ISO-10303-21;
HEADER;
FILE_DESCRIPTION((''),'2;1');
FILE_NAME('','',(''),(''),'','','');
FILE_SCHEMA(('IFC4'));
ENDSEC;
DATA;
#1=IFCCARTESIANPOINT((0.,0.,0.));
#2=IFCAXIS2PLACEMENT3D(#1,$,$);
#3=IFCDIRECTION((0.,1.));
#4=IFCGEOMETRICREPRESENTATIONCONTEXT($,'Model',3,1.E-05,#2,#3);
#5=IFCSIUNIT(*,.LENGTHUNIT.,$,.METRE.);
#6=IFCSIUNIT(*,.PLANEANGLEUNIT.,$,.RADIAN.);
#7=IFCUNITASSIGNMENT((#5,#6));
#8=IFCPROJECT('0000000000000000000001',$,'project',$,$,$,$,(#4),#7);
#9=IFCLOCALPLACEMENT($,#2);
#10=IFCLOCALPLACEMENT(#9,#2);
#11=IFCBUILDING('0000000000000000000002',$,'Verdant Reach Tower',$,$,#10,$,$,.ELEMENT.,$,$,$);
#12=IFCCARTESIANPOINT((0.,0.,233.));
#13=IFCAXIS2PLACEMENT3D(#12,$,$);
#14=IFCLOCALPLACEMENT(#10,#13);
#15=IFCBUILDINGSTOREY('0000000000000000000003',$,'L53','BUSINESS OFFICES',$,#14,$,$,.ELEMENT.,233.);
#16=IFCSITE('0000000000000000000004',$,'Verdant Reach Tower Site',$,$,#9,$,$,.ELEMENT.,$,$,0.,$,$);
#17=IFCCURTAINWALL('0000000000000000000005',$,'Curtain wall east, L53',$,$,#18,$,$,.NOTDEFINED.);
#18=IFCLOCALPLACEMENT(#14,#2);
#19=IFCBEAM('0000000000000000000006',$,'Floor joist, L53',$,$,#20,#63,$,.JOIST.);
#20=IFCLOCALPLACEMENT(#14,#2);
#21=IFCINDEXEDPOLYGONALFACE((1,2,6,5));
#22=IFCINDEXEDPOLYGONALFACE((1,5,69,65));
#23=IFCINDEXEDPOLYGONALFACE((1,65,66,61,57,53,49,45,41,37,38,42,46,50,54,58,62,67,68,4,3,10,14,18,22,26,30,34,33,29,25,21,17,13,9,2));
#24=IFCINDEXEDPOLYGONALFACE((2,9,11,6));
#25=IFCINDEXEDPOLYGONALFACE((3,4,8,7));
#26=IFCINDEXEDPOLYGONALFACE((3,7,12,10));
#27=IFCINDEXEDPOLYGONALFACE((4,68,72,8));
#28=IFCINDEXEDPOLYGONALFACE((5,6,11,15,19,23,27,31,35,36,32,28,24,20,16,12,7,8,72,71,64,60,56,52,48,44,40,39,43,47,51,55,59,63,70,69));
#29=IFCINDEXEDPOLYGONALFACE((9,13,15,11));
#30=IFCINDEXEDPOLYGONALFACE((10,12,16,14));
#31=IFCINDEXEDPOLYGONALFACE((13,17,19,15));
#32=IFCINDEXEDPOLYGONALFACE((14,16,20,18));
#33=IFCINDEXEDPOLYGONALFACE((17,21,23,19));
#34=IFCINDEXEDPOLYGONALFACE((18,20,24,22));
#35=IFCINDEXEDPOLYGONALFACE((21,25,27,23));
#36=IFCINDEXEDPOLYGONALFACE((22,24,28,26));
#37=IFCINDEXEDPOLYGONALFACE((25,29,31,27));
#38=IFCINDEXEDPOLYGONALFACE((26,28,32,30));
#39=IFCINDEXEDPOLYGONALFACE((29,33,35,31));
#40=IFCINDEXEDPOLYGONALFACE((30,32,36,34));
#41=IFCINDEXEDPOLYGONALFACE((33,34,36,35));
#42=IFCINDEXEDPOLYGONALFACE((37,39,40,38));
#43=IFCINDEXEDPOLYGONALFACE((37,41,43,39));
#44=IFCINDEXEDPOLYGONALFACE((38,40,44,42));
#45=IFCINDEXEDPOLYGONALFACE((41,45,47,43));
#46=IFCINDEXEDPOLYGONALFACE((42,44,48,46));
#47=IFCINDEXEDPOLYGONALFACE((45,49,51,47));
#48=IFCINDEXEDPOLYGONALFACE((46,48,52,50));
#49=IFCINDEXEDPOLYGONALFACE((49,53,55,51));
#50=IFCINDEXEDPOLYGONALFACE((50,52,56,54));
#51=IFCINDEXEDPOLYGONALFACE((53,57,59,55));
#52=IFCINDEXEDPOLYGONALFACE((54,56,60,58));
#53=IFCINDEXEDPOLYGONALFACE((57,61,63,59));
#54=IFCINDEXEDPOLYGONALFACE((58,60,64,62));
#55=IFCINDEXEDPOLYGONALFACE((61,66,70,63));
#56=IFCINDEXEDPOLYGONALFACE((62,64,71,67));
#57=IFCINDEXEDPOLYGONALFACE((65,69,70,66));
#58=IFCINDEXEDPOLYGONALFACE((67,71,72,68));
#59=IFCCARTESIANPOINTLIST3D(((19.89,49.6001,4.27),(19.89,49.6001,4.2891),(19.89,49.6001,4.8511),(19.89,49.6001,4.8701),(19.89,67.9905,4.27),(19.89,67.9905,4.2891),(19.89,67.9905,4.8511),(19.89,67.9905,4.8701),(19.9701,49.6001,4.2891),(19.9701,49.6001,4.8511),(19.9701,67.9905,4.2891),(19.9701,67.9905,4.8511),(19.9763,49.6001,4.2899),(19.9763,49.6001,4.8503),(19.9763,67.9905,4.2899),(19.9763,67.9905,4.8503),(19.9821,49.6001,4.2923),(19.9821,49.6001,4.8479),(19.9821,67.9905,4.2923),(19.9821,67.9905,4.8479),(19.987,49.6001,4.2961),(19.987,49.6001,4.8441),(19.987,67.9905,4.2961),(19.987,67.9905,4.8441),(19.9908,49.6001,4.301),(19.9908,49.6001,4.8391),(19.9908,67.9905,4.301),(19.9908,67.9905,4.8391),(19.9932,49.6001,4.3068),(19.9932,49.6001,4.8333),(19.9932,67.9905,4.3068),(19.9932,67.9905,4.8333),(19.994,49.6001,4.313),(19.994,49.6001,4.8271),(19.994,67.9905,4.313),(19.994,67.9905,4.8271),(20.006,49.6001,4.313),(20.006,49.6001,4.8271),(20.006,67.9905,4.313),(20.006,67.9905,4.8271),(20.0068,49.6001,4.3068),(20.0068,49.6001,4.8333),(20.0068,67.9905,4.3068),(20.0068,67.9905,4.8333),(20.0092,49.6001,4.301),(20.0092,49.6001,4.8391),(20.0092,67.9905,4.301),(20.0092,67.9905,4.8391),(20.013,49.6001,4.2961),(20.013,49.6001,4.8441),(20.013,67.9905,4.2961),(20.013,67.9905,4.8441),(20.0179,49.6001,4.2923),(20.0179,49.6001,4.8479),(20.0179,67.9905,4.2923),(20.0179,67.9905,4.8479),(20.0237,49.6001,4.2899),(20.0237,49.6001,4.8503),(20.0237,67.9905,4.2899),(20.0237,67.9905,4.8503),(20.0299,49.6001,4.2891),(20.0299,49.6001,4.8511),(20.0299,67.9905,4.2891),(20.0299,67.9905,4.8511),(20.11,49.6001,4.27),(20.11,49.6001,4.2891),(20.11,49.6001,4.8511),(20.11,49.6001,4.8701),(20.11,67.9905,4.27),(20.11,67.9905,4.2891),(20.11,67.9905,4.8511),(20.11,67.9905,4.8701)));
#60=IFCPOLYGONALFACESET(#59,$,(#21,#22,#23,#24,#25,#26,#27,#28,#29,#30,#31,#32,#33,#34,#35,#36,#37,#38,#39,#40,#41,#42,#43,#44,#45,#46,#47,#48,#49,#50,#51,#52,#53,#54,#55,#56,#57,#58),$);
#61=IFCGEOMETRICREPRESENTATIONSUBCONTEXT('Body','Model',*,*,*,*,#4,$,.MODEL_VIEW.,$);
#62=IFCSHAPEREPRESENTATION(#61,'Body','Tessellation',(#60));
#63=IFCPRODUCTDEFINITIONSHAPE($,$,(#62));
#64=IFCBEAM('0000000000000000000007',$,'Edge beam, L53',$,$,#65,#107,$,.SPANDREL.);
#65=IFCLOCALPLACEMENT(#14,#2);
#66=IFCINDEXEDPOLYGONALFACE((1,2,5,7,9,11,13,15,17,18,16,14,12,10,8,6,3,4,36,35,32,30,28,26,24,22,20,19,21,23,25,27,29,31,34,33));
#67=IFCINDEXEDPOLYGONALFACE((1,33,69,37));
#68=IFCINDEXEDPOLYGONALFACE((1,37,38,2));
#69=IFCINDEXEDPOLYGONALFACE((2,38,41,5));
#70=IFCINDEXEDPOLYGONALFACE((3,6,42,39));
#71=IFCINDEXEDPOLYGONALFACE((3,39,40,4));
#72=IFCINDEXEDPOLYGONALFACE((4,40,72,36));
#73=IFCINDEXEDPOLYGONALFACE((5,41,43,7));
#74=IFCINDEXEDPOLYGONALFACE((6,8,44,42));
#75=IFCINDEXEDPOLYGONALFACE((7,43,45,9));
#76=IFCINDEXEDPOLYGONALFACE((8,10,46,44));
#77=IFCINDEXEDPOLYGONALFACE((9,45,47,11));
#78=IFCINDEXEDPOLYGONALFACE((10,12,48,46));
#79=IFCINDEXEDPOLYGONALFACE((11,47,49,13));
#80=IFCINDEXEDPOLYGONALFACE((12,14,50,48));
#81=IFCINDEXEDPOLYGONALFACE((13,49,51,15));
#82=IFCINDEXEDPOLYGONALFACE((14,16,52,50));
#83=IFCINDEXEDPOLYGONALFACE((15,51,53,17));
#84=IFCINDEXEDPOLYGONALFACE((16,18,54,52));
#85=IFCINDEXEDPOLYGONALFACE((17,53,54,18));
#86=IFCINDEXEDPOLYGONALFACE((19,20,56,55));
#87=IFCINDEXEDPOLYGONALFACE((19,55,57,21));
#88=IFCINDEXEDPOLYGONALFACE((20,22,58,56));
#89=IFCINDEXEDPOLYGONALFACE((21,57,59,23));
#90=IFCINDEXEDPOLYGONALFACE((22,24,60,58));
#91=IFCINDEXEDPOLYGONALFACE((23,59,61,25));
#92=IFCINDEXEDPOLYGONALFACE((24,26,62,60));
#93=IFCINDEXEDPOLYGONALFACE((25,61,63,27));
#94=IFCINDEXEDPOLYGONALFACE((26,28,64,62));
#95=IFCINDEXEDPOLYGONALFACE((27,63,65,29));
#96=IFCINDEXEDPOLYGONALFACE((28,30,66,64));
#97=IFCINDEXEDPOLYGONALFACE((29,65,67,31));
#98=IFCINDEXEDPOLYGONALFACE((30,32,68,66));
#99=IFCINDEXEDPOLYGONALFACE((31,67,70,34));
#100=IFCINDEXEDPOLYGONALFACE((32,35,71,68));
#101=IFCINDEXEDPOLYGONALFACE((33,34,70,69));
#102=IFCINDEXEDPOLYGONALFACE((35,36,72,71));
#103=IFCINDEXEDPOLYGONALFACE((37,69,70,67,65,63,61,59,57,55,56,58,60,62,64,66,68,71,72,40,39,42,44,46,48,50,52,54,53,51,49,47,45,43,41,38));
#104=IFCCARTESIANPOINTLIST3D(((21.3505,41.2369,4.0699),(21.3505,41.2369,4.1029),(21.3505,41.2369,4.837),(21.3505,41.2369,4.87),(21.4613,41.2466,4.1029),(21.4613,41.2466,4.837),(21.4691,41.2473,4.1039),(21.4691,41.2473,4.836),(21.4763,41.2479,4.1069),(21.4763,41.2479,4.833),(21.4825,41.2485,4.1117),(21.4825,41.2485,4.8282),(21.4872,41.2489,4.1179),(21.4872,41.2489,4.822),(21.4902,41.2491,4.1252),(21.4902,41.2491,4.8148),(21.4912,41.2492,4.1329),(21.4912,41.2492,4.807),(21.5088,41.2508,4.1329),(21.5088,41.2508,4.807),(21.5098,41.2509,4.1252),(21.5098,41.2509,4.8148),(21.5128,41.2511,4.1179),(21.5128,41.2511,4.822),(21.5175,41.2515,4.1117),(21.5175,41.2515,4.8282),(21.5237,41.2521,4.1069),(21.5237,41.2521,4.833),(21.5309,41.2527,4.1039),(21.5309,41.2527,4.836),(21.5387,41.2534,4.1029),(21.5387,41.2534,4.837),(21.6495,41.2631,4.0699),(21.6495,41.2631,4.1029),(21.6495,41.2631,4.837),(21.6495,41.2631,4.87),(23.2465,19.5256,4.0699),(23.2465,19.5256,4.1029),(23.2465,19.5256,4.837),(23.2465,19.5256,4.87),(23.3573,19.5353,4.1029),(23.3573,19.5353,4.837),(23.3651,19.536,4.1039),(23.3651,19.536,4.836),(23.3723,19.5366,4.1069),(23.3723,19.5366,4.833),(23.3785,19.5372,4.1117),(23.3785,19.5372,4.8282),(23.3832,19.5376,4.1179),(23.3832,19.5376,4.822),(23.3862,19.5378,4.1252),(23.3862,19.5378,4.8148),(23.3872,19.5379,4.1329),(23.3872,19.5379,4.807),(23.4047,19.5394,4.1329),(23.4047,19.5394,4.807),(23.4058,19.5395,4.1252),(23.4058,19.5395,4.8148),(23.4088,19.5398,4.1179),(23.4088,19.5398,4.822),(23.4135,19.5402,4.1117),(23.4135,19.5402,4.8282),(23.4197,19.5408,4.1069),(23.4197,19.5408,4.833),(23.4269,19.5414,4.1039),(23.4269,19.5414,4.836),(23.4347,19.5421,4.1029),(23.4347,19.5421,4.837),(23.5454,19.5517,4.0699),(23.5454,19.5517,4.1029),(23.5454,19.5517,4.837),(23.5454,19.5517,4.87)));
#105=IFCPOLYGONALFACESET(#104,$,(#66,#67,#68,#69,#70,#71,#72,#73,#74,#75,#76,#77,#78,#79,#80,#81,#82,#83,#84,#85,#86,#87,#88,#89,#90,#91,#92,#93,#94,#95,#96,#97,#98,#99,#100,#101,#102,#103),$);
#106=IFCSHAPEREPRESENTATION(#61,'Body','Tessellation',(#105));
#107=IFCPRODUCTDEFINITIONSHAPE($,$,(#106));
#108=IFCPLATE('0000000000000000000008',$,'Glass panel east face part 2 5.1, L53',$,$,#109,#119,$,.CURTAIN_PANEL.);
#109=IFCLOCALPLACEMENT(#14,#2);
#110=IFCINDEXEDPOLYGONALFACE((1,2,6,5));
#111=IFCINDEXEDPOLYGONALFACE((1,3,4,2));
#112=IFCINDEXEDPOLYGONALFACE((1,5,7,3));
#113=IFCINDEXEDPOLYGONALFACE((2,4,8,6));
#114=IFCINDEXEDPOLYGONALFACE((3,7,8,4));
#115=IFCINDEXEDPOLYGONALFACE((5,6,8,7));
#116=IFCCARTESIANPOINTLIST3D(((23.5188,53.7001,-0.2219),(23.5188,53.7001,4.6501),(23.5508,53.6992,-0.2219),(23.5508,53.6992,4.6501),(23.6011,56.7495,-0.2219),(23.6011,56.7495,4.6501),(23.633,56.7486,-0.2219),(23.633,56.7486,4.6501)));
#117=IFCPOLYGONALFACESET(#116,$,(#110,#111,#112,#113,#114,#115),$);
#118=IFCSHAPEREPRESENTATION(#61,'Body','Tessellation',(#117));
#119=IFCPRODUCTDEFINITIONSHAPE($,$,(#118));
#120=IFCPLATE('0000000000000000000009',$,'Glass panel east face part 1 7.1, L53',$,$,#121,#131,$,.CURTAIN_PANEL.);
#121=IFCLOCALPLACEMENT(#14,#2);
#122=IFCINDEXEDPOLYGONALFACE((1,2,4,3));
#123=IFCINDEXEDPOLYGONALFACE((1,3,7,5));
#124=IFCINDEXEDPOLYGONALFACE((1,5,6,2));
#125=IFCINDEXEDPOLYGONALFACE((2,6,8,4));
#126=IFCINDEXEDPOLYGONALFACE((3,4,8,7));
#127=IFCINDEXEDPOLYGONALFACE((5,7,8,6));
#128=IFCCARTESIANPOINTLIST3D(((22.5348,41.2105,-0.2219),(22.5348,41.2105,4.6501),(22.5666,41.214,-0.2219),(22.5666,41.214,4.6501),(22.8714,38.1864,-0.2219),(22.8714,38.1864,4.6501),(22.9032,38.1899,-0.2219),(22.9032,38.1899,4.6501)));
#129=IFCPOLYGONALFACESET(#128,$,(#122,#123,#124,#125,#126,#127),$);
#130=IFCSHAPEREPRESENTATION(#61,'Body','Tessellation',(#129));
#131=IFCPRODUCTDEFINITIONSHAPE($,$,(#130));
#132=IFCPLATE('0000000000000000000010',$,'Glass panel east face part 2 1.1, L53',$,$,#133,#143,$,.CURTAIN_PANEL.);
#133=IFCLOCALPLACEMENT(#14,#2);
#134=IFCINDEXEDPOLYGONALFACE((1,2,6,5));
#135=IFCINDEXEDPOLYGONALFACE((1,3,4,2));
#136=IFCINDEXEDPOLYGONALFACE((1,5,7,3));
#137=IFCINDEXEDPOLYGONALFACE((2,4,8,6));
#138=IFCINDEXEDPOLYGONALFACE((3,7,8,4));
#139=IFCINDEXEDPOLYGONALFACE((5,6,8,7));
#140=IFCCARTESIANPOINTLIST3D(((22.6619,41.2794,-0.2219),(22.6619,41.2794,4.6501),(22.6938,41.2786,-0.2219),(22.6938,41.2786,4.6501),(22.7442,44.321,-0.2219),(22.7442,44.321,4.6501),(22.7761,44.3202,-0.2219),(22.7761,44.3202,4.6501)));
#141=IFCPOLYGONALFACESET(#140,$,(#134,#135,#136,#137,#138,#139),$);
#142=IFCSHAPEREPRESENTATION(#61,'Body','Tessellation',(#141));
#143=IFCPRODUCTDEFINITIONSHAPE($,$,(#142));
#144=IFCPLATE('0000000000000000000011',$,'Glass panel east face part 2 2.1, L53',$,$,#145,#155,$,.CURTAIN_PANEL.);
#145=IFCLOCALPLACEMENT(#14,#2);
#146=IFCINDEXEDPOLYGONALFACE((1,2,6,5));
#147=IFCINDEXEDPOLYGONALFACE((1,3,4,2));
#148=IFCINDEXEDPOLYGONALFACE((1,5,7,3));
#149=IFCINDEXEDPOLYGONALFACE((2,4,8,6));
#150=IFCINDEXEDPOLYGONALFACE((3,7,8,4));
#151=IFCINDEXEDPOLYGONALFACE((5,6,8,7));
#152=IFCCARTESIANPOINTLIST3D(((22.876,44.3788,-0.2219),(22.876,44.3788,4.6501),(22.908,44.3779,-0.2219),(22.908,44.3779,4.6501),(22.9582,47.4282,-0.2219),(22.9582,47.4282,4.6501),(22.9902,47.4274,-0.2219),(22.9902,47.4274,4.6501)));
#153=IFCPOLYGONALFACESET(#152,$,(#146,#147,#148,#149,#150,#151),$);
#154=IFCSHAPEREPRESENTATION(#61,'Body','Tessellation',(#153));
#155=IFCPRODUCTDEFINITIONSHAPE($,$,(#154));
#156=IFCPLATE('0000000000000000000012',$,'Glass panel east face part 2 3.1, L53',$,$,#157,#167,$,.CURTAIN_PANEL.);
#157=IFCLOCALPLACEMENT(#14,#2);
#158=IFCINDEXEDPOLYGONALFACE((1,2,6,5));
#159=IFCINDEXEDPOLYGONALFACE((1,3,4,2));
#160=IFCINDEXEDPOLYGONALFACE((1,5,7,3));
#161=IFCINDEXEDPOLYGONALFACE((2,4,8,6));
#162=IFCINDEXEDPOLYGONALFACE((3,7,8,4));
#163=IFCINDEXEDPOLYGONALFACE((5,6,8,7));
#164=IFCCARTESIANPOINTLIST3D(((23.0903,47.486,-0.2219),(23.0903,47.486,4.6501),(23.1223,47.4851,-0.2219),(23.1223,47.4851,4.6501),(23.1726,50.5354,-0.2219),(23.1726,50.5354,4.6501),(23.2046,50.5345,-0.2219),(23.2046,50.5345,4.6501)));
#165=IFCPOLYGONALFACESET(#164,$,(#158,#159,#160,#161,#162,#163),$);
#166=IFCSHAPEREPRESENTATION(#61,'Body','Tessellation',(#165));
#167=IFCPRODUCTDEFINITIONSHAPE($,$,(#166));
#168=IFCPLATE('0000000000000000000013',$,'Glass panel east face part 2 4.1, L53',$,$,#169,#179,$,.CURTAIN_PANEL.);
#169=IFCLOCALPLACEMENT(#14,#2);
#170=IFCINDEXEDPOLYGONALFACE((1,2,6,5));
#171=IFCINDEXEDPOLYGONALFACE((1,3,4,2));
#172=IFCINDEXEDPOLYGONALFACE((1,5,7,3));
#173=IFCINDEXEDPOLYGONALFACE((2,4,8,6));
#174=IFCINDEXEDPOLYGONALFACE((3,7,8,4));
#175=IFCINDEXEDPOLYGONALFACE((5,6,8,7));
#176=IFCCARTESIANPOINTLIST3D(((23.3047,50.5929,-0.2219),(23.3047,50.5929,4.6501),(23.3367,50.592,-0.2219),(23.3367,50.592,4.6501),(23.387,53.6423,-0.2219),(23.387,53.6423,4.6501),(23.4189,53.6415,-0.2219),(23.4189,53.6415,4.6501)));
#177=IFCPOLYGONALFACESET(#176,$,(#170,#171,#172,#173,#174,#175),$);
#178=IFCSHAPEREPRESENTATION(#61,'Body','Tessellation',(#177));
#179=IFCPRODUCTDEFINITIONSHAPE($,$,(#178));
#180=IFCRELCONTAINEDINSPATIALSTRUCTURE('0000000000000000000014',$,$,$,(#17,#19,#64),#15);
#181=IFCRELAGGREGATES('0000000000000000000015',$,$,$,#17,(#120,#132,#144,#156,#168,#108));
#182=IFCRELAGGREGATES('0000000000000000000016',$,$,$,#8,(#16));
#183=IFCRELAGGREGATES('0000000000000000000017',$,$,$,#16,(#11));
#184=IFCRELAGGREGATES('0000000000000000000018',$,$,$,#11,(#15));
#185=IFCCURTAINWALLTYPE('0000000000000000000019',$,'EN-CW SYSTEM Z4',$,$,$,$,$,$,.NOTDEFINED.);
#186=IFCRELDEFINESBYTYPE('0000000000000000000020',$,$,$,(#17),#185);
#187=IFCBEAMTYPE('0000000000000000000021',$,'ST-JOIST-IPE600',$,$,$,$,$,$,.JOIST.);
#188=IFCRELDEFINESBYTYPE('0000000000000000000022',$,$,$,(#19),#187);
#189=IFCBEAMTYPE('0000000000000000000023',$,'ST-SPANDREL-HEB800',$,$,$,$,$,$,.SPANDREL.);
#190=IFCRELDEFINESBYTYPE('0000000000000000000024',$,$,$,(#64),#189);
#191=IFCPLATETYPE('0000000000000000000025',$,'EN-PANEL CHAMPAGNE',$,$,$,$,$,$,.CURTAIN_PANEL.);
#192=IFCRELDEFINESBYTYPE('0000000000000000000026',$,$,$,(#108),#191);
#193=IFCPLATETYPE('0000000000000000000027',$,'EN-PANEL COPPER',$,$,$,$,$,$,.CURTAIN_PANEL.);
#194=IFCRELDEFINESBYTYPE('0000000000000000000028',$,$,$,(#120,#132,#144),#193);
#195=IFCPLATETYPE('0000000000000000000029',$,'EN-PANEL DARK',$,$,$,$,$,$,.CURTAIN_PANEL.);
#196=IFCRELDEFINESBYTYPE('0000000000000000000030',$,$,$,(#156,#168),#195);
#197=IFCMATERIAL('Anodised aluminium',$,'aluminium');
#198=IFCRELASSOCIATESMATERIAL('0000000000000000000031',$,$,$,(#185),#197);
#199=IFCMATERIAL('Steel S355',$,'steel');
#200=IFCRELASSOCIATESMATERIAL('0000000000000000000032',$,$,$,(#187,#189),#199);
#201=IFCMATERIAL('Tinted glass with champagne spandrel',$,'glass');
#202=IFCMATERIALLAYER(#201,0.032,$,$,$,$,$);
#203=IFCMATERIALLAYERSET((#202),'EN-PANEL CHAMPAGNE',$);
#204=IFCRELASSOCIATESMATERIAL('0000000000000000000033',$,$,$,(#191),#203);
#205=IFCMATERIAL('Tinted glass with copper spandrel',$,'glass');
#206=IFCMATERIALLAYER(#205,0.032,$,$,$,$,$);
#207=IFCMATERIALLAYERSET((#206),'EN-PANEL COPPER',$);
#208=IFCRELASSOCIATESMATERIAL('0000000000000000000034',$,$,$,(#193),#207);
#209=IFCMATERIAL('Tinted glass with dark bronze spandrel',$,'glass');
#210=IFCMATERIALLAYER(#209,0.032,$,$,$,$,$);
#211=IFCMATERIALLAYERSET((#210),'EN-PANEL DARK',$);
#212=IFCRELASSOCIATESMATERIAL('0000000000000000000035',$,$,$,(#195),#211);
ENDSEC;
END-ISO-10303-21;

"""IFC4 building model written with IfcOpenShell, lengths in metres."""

from ifc_helpers import new_model, si_unit, direction, frame, origin, origin_2d, place, context, subcontext, project, spatial, rectangle, i_section, extrude, material, layer, layer_set, material_profile, profile_set, type_object, element, aggregate, save


model = new_model("IFC4")

# Units and contexts
model_context = context("Model", 3, precision=1e-05, world=origin(), true_north=direction((0.0, 1.0)))
body_context = subcontext(model_context, "Body", "Model", "MODEL_VIEW")
ifc_project = project(units=[si_unit("LENGTHUNIT", "METRE"), si_unit("PLANEANGLEUNIT", "RADIAN")], contexts=[model_context])

# Site, building, storey
site_placement = place(None, origin())
site = spatial("IfcSite", under=ifc_project, at=site_placement, Name="Verdant Reach Tower Site", CompositionType="ELEMENT", RefElevation=0.0)
building_placement = place(site_placement, origin())
building = spatial("IfcBuilding", under=site, at=building_placement, Name="Verdant Reach Tower", CompositionType="ELEMENT")
storey_placement = place(building_placement, frame((0.0, 0.0, 233.0)))
storey = spatial("IfcBuildingStorey", under=building, at=storey_placement, Name="L53", Description="BUSINESS OFFICES", CompositionType="ELEMENT", Elevation=233.0)

# Curtain wall
ifc_material_1 = material(Name="Anodised aluminium", Category="aluminium")
curtain_wall_type = type_object("IfcCurtainWallType", Name="EN-CW SYSTEM Z4", PredefinedType="NOTDEFINED", material=ifc_material_1)
curtain_wall_placement = place(storey_placement, origin())
curtain_wall = element("IfcCurtainWall", 1, at=curtain_wall_placement, inside=storey, type_object=curtain_wall_type, Name="Curtain wall east, L53", PredefinedType="NOTDEFINED")

# Beams
ifc_material_2 = material(Name="Steel S355", Category="steel")
ifc_material_profile_1 = material_profile(ifc_material_2, i_section(OverallWidth=0.22, OverallDepth=0.6001, WebThickness=0.012, FlangeThickness=0.019, FilletRadius=0.0239, at=origin_2d()), Name="IPE 600")
ifc_profile_set_1 = profile_set([ifc_material_profile_1], Name="Steel S355")
beam_type_1 = type_object("IfcBeamType", Name="ST-JOIST-IPE600", PredefinedType="JOIST", material=ifc_profile_set_1)
beam_1_placement = place(storey_placement, frame((20.0, 49.6001, 4.5701), z_axis=(0.0, 1.0, 0.0), x_axis=(-1.0, 0.0, 0.0)))
element("IfcBeam", 2, at=beam_1_placement, inside=storey, type_object=beam_type_1, Name="Floor joist, L53", PredefinedType="JOIST", context=body_context, shape_type="SweptSolid", body=[
    extrude(i_section(OverallWidth=0.22, OverallDepth=0.6001, WebThickness=0.012, FlangeThickness=0.019, FilletRadius=0.0239, at=origin_2d()), origin(), (0.0, 0.0, 1.0), 18.3904),
])
ifc_material_profile_2 = material_profile(ifc_material_2, i_section(OverallWidth=0.3, OverallDepth=0.8, WebThickness=0.0176, FlangeThickness=0.033, FilletRadius=0.03, at=origin_2d()), Name="HEB 800")
ifc_profile_set_2 = profile_set([ifc_material_profile_2], Name="Steel S355")
beam_type_2 = type_object("IfcBeamType", Name="ST-SPANDREL-HEB800", PredefinedType="SPANDREL", material=ifc_profile_set_2)
beam_2_placement = place(storey_placement, frame((21.5, 41.25, 4.47), z_axis=(0.086996, -0.996209, 0.0), x_axis=(0.996209, 0.086996, 0.0)))
element("IfcBeam", 3, at=beam_2_placement, inside=storey, type_object=beam_type_2, Name="Edge beam, L53", PredefinedType="SPANDREL", context=body_context, shape_type="SweptSolid", body=[
    extrude(i_section(OverallWidth=0.3, OverallDepth=0.8, WebThickness=0.0176, FlangeThickness=0.033, FilletRadius=0.03, at=origin_2d()), origin(), (0.0, 0.0, 1.0), 21.7939),
])

# Plates
ifc_material_3 = material(Name="Tinted glass with champagne spandrel", Category="glass")
ifc_layer_1 = layer(ifc_material_3, 0.032)
ifc_layer_set_1 = layer_set([ifc_layer_1], Name="EN-PANEL CHAMPAGNE")
plate_type_1 = type_object("IfcPlateType", Name="EN-PANEL CHAMPAGNE", PredefinedType="CURTAIN_PANEL", material=ifc_layer_set_1)
plate_1_placement = place(storey_placement, frame((23.5759, 55.2244, -0.2219), z_axis=(0.0, 0.0, 1.0), x_axis=(0.026965, 0.999636, 0.0)))
plate_1 = element("IfcPlate", 4, at=plate_1_placement, type_object=plate_type_1, Name="Glass panel east face part 2 5.1, L53", PredefinedType="CURTAIN_PANEL", context=body_context, shape_type="SweptSolid", body=[
    extrude(rectangle(XDim=3.0505, YDim=0.032, at=origin_2d()), origin(), (0.0, 0.0, 1.0), 4.8721),
])
ifc_material_4 = material(Name="Tinted glass with copper spandrel", Category="glass")
ifc_layer_2 = layer(ifc_material_4, 0.032)
ifc_layer_set_2 = layer_set([ifc_layer_2], Name="EN-PANEL COPPER")
plate_type_2 = type_object("IfcPlateType", Name="EN-PANEL COPPER", PredefinedType="CURTAIN_PANEL", material=ifc_layer_set_2)
plate_2_placement = place(storey_placement, frame((22.719, 39.7002, -0.2219), z_axis=(0.0, 0.0, 1.0), x_axis=(-0.110603, 0.993865, 0.0)))
plate_2 = element("IfcPlate", 5, at=plate_2_placement, type_object=plate_type_2, Name="Glass panel east face part 1 7.1, L53", PredefinedType="CURTAIN_PANEL", context=body_context, shape_type="SweptSolid", body=[
    extrude(rectangle(XDim=3.0427, YDim=0.032, at=origin_2d()), origin(), (0.0, 0.0, 1.0), 4.8721),
])
plate_3_placement = place(storey_placement, frame((22.719, 42.7998, -0.2219), z_axis=(0.0, 0.0, 1.0), x_axis=(0.027051, 0.999634, 0.0)))
plate_3 = element("IfcPlate", 6, at=plate_3_placement, type_object=plate_type_2, Name="Glass panel east face part 2 1.1, L53", PredefinedType="CURTAIN_PANEL", context=body_context, shape_type="SweptSolid", body=[
    extrude(rectangle(XDim=3.0427, YDim=0.032, at=origin_2d()), origin(), (0.0, 0.0, 1.0), 4.8721),
])
plate_4_placement = place(storey_placement, frame((22.9331, 45.9031, -0.2219), z_axis=(0.0, 0.0, 1.0), x_axis=(0.026965, 0.999636, 0.0)))
plate_4 = element("IfcPlate", 7, at=plate_4_placement, type_object=plate_type_2, Name="Glass panel east face part 2 2.1, L53", PredefinedType="CURTAIN_PANEL", context=body_context, shape_type="SweptSolid", body=[
    extrude(rectangle(XDim=3.0505, YDim=0.032, at=origin_2d()), origin(), (0.0, 0.0, 1.0), 4.8721),
])
ifc_material_5 = material(Name="Tinted glass with dark bronze spandrel", Category="glass")
ifc_layer_3 = layer(ifc_material_5, 0.032)
ifc_layer_set_3 = layer_set([ifc_layer_3], Name="EN-PANEL DARK")
plate_type_3 = type_object("IfcPlateType", Name="EN-PANEL DARK", PredefinedType="CURTAIN_PANEL", material=ifc_layer_set_3)
plate_5_placement = place(storey_placement, frame((23.1475, 49.0103, -0.2219), z_axis=(0.0, 0.0, 1.0), x_axis=(0.026965, 0.999636, 0.0)))
plate_5 = element("IfcPlate", 8, at=plate_5_placement, type_object=plate_type_3, Name="Glass panel east face part 2 3.1, L53", PredefinedType="CURTAIN_PANEL", context=body_context, shape_type="SweptSolid", body=[
    extrude(rectangle(XDim=3.0505, YDim=0.032, at=origin_2d()), origin(), (0.0, 0.0, 1.0), 4.8721),
])
plate_6_placement = place(storey_placement, frame((23.3618, 52.1172, -0.2219), z_axis=(0.0, 0.0, 1.0), x_axis=(0.026965, 0.999636, 0.0)))
plate_6 = element("IfcPlate", 9, at=plate_6_placement, type_object=plate_type_3, Name="Glass panel east face part 2 4.1, L53", PredefinedType="CURTAIN_PANEL", context=body_context, shape_type="SweptSolid", body=[
    extrude(rectangle(XDim=3.0505, YDim=0.032, at=origin_2d()), origin(), (0.0, 0.0, 1.0), 4.8721),
])
aggregate(curtain_wall, [plate_2, plate_3, plate_4, plate_5, plate_6, plate_1])

save(model, "model.ifc")
